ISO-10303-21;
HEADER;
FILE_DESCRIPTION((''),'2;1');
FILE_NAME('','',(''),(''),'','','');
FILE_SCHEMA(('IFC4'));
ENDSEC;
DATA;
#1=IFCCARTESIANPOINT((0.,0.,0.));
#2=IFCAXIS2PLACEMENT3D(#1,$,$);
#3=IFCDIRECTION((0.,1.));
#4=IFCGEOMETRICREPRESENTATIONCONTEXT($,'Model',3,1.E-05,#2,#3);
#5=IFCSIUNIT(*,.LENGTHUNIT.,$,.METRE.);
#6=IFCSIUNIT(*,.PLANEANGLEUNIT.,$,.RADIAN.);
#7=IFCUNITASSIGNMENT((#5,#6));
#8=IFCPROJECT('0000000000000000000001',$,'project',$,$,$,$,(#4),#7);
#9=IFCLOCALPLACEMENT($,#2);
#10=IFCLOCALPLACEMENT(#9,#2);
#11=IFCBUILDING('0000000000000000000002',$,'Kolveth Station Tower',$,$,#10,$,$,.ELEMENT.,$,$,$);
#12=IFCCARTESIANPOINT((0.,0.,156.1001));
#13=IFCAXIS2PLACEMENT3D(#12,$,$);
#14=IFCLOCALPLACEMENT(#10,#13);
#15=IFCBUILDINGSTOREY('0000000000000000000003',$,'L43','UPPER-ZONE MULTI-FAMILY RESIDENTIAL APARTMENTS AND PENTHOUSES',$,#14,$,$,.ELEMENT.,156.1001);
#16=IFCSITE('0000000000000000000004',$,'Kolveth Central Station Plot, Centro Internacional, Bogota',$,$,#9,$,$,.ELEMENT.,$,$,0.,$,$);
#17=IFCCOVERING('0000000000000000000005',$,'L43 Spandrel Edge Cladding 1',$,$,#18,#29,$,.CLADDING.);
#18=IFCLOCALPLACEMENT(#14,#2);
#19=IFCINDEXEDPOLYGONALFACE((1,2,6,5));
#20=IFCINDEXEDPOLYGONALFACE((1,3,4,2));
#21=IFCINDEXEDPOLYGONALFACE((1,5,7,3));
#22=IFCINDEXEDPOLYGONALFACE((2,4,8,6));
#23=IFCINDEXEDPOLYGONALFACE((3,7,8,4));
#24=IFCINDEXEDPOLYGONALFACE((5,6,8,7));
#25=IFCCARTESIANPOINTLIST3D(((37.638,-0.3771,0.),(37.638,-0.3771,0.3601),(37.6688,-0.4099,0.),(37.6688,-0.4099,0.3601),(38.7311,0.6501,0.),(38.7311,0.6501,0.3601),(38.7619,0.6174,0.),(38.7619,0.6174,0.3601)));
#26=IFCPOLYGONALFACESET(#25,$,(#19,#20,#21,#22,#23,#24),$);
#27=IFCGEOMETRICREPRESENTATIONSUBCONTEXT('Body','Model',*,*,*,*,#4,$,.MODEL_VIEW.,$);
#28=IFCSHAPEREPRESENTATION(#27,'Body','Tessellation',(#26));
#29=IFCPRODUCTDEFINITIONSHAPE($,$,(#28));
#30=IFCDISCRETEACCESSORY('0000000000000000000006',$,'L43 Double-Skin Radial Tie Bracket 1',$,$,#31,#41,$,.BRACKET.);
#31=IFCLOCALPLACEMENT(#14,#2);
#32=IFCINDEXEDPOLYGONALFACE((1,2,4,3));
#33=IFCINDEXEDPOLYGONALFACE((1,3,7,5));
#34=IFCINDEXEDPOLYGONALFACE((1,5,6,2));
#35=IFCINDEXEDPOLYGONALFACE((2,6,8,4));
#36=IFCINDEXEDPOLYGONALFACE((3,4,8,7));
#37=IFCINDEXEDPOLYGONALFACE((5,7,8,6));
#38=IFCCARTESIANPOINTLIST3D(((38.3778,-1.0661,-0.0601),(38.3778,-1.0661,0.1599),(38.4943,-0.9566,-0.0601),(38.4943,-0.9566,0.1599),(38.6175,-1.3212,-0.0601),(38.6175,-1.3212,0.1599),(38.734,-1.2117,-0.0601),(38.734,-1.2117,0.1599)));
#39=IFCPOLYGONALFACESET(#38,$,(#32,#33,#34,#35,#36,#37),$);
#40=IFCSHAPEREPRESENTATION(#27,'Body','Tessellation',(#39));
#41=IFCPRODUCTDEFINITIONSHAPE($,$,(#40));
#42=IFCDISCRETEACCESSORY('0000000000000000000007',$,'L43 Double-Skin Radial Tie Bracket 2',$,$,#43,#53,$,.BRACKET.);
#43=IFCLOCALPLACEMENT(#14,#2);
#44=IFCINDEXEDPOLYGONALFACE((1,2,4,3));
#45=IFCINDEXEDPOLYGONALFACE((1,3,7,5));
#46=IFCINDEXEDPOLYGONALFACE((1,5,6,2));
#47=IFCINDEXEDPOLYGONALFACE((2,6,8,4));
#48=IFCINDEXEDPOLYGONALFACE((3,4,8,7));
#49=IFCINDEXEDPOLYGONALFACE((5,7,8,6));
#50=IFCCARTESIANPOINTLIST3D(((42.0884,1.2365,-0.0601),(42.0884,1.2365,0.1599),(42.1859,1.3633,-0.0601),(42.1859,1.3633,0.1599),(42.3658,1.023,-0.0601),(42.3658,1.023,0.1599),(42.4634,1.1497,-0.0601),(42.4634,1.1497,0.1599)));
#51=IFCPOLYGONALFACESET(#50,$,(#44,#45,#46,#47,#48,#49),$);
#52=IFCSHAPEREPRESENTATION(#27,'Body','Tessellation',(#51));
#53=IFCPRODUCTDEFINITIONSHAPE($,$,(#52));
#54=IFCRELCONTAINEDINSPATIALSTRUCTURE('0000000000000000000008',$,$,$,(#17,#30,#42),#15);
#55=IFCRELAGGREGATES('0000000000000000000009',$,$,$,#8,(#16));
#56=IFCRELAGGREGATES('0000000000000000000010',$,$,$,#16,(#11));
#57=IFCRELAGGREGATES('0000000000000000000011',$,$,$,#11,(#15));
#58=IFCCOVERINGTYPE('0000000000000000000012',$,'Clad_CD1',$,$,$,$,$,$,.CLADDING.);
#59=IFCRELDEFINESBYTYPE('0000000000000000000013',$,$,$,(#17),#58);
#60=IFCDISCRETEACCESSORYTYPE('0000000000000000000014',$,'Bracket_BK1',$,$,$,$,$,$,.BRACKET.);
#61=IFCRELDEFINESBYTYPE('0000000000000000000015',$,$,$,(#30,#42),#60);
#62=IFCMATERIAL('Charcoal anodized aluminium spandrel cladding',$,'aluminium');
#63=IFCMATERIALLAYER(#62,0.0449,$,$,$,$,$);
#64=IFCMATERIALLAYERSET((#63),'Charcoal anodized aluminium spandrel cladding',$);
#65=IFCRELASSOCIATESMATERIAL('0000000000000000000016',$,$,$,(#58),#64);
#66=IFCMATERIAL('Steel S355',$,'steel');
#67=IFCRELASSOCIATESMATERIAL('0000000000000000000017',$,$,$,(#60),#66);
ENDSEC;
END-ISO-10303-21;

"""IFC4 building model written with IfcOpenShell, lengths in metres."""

from ifc_helpers import new_model, si_unit, direction, frame, origin, origin_2d, place, context, subcontext, project, spatial, rectangle, extrude, source, transform, mapped, material, layer, layer_set, type_object, element, save


model = new_model("IFC4")

# Units and contexts
model_context = context("Model", 3, precision=1e-05, world=origin(), true_north=direction((0.0, 1.0)))
body_context = subcontext(model_context, "Body", "Model", "MODEL_VIEW")
ifc_project = project(units=[si_unit("LENGTHUNIT", "METRE"), si_unit("PLANEANGLEUNIT", "RADIAN")], contexts=[model_context])

# Site, building, storey
site_placement = place(None, origin())
site = spatial("IfcSite", under=ifc_project, at=site_placement, Name="Kolveth Central Station Plot, Centro Internacional, Bogota", CompositionType="ELEMENT", RefElevation=0.0)
building_placement = place(site_placement, origin())
building = spatial("IfcBuilding", under=site, at=building_placement, Name="Kolveth Station Tower", CompositionType="ELEMENT")
storey_placement = place(building_placement, frame((0.0, 0.0, 156.1001)))
storey = spatial("IfcBuildingStorey", under=building, at=storey_placement, Name="L43", Description="UPPER-ZONE MULTI-FAMILY RESIDENTIAL APARTMENTS AND PENTHOUSES", CompositionType="ELEMENT", Elevation=156.1001)

# Covering
ifc_material_1 = material(Name="Charcoal anodized aluminium spandrel cladding", Category="aluminium")
ifc_layer_1 = layer(ifc_material_1, 0.0449)
ifc_layer_set_1 = layer_set([ifc_layer_1], Name="Charcoal anodized aluminium spandrel cladding")
covering_type = type_object("IfcCoveringType", Name="Clad_CD1", PredefinedType="CLADDING", material=ifc_layer_set_1)
shared_shape_1 = source(origin(), body_context, "Body", "SweptSolid", [
    extrude(rectangle(XDim=1.5, YDim=0.0449, at=origin_2d()), origin(), (0.0, 0.0, 1.0), 0.3601),
])
covering_placement = place(storey_placement, frame((38.2, 0.1201, 0.0), z_axis=(0.0, 0.0, 1.0), x_axis=(0.72873, 0.684802, 0.0)))
element("IfcCovering", 1, at=covering_placement, inside=storey, type_object=covering_type, Name="L43 Spandrel Edge Cladding 1", PredefinedType="CLADDING", context=body_context, shape_type="MappedRepresentation", body=[
    mapped(shared_shape_1, transform((0.0, 0.0, 0.0), x_axis=(1.0, 0.0, 0.0), y_axis=(0.0, 1.0, 0.0), z_axis=(0.0, 0.0, 1.0), scale=1.0)),
])

# Discrete accessories
ifc_material_2 = material(Name="Steel S355", Category="steel")
discrete_accessory_type = type_object("IfcDiscreteAccessoryType", Name="Bracket_BK1", PredefinedType="BRACKET", material=ifc_material_2)
shared_shape_2 = source(origin(), body_context, "Body", "SweptSolid", [
    extrude(rectangle(XDim=0.3501, YDim=0.1599, at=origin_2d()), origin(), (0.0, 0.0, 1.0), 0.22),
])
for number, where, z_axis, x_axis, name in (
    (2, (38.5559, -1.1389, -0.0601), (0.0, 0.0, 1.0), (0.684802, -0.72873, 0.0), "L43 Double-Skin Radial Tie Bracket 1"),
    (3, (42.2759, 1.1931, -0.0601), (0.0, 0.0, 1.0), (0.792396, -0.610007, 0.0), "L43 Double-Skin Radial Tie Bracket 2"),
):
    element("IfcDiscreteAccessory", number, at=place(storey_placement, frame(where, z_axis=z_axis, x_axis=x_axis)), inside=storey, type_object=discrete_accessory_type, Name=name, PredefinedType="BRACKET", context=body_context, shape_type="MappedRepresentation", body=[
        mapped(shared_shape_2, transform((0.0, 0.0, 0.0), x_axis=(1.0, 0.0, 0.0), y_axis=(0.0, 1.0, 0.0), z_axis=(0.0, 0.0, 1.0), scale=1.0)),
    ])

save(model, "model.ifc")
